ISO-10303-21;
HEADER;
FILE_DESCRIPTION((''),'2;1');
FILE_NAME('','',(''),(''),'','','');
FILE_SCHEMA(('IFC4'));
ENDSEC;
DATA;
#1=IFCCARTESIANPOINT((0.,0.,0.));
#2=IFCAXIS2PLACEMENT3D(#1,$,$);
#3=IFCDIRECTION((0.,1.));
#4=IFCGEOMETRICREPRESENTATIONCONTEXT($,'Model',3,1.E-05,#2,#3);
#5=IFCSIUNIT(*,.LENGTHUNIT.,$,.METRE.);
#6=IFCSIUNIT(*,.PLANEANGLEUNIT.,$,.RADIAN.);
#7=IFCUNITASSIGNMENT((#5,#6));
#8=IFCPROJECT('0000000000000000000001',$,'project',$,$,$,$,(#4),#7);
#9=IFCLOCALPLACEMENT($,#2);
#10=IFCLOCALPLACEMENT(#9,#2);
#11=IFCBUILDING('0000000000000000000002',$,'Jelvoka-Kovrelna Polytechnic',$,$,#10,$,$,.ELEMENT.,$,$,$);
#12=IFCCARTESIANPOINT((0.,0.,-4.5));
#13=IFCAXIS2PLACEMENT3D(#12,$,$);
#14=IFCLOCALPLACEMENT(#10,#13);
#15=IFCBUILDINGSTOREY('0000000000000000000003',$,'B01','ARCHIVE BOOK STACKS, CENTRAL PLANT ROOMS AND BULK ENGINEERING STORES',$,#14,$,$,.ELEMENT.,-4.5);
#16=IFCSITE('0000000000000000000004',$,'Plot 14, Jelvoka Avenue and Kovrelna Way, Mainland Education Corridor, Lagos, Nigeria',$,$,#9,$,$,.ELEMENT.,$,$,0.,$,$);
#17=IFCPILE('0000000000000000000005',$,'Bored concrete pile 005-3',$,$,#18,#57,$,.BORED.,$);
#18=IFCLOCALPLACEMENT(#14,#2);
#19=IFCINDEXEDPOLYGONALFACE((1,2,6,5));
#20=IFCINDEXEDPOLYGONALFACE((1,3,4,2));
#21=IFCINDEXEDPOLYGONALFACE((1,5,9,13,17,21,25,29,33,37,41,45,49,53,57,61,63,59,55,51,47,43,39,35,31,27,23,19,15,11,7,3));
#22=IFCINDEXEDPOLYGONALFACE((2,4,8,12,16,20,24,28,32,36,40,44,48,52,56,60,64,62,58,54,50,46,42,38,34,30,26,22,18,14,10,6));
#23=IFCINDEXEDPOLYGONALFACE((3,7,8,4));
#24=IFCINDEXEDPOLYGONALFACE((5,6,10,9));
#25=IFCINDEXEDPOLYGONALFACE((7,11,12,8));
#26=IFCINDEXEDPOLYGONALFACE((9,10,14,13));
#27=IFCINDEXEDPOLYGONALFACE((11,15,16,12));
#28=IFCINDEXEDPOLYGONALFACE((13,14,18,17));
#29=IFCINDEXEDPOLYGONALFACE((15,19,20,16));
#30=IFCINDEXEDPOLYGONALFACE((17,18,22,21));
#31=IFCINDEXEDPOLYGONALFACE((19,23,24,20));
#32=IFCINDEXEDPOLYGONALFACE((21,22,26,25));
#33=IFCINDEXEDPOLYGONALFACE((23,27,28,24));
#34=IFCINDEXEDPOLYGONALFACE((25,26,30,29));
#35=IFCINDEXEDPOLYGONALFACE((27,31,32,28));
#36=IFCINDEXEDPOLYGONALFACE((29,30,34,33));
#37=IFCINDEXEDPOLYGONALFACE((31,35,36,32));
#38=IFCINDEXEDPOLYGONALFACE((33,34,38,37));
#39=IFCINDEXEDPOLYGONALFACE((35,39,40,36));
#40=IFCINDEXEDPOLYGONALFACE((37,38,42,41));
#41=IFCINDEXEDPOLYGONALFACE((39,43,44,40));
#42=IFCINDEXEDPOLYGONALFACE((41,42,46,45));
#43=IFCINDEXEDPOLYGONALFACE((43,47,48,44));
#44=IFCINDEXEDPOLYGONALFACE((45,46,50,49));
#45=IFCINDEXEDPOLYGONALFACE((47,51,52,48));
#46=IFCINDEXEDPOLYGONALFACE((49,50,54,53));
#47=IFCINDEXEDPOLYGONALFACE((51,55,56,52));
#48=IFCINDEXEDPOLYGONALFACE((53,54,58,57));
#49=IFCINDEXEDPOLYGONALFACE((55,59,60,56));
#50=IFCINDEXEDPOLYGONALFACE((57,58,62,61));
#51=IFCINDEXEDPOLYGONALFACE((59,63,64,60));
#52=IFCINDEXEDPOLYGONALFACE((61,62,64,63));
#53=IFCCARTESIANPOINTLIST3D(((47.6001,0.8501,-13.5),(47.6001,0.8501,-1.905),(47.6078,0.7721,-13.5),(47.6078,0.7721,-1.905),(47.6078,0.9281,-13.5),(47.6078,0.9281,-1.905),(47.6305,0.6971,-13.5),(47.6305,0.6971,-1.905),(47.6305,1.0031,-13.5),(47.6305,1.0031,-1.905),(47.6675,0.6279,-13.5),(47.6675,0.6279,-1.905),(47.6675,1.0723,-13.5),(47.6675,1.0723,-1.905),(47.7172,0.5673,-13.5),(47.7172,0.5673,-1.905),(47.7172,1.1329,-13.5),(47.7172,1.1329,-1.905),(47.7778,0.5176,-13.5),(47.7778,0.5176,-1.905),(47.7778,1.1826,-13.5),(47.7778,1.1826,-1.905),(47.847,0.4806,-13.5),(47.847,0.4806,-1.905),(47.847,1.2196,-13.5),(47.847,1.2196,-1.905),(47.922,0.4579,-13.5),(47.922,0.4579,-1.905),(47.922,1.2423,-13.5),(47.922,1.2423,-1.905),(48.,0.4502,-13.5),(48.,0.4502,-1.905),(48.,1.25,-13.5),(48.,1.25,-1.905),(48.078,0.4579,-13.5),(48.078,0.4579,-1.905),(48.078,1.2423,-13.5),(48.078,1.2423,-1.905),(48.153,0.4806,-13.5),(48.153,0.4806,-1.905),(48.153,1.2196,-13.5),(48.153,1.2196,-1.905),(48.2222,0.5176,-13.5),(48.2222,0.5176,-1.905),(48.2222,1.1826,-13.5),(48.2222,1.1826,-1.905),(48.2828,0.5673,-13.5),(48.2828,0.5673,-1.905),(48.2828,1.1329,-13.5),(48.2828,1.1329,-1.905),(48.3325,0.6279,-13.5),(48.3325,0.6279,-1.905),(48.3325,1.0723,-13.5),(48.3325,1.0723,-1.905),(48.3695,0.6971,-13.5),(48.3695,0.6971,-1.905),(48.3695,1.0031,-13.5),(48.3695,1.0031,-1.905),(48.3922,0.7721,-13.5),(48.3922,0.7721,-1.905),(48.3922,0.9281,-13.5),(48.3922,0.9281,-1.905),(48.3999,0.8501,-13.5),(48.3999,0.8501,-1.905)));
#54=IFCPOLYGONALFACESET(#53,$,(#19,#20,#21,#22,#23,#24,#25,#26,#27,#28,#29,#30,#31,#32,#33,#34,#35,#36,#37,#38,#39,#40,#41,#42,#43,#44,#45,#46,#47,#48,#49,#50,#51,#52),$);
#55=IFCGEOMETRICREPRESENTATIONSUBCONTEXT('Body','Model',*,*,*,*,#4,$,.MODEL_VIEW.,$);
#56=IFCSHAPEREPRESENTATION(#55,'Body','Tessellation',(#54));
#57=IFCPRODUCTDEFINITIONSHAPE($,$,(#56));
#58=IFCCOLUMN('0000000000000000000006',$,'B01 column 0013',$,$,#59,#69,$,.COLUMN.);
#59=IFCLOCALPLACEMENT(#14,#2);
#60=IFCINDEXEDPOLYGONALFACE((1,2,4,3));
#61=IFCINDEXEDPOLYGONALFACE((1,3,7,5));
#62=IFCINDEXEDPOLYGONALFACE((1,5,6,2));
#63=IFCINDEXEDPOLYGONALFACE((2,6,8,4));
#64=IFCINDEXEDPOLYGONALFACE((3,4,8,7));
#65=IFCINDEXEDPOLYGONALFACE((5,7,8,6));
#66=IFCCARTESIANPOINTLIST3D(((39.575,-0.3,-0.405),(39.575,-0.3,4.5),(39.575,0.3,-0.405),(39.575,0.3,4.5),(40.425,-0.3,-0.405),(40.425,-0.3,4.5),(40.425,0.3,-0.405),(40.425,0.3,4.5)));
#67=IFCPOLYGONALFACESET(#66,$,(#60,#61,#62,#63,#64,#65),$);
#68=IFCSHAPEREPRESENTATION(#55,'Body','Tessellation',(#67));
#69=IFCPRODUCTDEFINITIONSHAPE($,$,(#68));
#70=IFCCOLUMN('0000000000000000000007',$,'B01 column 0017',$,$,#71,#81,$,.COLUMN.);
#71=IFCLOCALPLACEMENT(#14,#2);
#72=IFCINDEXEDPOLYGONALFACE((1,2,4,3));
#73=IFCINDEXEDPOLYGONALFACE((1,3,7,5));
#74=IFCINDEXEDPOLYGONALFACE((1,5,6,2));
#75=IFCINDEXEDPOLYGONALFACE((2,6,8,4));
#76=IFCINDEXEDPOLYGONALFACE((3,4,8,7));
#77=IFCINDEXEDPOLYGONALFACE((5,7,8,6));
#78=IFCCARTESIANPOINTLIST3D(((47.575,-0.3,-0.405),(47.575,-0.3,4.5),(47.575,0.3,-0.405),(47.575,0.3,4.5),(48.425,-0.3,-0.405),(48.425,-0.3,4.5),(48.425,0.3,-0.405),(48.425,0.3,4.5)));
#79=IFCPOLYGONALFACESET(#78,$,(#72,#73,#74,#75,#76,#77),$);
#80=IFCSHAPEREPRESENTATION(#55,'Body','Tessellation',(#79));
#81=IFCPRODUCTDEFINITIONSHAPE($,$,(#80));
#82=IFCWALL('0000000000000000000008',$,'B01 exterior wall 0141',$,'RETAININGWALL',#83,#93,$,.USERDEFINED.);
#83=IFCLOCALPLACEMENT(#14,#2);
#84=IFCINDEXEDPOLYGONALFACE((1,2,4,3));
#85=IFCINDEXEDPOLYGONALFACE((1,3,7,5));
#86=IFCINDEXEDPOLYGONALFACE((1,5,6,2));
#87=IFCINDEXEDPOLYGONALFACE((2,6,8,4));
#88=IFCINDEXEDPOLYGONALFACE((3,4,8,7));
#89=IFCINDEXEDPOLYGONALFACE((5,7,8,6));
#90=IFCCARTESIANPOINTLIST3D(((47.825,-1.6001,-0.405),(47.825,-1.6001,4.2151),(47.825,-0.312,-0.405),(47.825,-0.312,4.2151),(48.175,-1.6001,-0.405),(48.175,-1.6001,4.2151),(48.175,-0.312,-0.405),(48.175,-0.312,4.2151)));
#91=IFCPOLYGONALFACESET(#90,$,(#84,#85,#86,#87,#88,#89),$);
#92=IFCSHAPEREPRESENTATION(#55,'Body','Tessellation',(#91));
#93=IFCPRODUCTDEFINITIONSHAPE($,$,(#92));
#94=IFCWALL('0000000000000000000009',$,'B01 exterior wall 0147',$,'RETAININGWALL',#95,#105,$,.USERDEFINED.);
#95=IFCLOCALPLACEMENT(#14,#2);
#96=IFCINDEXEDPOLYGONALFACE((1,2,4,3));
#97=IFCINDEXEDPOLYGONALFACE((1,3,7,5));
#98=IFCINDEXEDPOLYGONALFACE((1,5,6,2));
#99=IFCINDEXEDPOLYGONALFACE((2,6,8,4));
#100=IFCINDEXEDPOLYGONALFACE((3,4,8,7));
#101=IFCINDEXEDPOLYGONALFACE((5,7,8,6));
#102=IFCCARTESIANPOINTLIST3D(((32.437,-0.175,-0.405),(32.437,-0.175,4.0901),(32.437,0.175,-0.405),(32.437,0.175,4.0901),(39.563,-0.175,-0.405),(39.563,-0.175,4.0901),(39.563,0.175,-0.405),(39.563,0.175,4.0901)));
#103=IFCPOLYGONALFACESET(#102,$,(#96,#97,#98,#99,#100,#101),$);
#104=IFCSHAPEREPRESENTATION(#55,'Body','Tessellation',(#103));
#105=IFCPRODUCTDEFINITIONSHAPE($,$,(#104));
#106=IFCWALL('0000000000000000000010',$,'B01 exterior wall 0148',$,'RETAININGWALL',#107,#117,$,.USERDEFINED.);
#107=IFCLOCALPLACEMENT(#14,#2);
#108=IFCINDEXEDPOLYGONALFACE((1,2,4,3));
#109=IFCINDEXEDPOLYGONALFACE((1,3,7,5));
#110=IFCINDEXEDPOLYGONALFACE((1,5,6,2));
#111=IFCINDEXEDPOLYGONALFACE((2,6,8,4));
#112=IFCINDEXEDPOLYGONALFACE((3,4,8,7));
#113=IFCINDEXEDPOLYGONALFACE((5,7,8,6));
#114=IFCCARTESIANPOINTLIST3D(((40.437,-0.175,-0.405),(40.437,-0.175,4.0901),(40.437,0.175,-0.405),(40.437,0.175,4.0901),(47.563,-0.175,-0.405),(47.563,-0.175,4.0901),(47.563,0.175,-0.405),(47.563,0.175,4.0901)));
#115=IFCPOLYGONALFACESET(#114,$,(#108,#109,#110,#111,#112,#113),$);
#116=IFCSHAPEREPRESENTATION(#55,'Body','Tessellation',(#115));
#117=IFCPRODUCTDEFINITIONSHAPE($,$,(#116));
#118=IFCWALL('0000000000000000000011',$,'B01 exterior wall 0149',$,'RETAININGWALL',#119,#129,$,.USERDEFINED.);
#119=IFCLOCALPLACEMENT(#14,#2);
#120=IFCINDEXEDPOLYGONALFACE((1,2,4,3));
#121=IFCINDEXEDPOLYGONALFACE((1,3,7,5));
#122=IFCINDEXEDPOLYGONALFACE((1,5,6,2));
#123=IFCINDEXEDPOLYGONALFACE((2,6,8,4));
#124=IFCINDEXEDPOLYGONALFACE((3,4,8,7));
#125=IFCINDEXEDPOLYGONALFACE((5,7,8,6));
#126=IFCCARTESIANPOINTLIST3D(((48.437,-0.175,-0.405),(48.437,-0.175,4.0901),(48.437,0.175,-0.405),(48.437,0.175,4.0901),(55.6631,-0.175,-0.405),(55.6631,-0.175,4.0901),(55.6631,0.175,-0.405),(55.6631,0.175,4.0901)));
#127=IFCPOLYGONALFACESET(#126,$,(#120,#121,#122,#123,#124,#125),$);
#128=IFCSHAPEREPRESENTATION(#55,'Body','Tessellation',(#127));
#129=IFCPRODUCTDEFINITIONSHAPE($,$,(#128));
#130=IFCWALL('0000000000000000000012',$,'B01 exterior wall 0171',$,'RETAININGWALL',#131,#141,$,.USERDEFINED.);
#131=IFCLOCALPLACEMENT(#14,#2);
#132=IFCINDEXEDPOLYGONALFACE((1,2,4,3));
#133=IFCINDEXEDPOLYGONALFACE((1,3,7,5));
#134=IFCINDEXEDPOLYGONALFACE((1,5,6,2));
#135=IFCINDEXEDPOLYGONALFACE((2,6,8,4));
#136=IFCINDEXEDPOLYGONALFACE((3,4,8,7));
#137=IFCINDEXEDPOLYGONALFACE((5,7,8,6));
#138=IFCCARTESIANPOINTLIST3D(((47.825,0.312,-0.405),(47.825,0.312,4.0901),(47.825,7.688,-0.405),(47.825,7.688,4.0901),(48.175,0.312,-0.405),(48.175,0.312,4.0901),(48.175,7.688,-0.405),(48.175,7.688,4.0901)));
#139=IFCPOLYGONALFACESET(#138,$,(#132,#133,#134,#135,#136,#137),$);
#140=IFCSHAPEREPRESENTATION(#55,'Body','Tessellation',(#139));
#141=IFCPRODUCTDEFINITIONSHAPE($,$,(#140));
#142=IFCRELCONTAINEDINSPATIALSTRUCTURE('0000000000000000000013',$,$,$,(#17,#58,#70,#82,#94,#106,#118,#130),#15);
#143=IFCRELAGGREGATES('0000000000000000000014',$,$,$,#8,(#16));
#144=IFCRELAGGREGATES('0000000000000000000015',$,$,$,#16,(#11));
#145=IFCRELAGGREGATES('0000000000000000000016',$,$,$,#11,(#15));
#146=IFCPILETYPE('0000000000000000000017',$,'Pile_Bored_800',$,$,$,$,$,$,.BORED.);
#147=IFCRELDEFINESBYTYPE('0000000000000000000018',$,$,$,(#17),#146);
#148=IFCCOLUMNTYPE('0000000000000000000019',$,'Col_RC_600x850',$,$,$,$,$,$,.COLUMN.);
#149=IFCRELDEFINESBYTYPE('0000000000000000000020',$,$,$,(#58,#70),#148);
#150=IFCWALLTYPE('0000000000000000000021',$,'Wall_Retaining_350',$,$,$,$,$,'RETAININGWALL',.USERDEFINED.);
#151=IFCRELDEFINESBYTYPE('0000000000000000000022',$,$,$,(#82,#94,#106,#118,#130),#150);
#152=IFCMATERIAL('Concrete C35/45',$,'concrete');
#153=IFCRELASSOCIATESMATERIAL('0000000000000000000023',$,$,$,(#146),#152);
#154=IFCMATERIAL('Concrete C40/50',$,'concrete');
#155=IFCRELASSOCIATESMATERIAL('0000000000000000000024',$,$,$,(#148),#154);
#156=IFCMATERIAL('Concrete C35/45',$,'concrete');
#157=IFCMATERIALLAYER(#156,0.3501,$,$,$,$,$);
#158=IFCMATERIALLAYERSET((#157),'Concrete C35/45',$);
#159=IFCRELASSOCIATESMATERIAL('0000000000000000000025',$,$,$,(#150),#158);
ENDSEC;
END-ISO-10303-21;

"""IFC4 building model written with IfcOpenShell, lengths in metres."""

from ifc_helpers import new_model, si_unit, direction, frame, frame_2d, origin, origin_2d, place, context, subcontext, project, spatial, rectangle, circle, extrude, material, layer, layer_set, material_profile, profile_set, type_object, element, save


model = new_model("IFC4")

# Units and contexts
model_context = context("Model", 3, precision=1e-05, world=origin(), true_north=direction((0.0, 1.0)))
body_context = subcontext(model_context, "Body", "Model", "MODEL_VIEW")
ifc_project = project(units=[si_unit("LENGTHUNIT", "METRE"), si_unit("PLANEANGLEUNIT", "RADIAN")], contexts=[model_context])

# Site, building, storey
site_placement = place(None, origin())
site = spatial("IfcSite", under=ifc_project, at=site_placement, Name="Plot 14, Jelvoka Avenue and Kovrelna Way, Mainland Education Corridor, Lagos, Nigeria", CompositionType="ELEMENT", RefElevation=0.0)
building_placement = place(site_placement, origin())
building = spatial("IfcBuilding", under=site, at=building_placement, Name="Jelvoka-Kovrelna Polytechnic", CompositionType="ELEMENT")
storey_placement = place(building_placement, frame((0.0, 0.0, -4.5)))
storey = spatial("IfcBuildingStorey", under=building, at=storey_placement, Name="B01", Description="ARCHIVE BOOK STACKS, CENTRAL PLANT ROOMS AND BULK ENGINEERING STORES", CompositionType="ELEMENT", Elevation=-4.5)

# Pile
ifc_material_1 = material(Name="Concrete C35/45", Category="concrete")
ifc_material_profile_1 = material_profile(ifc_material_1, circle(Radius=0.3999, at=origin_2d()), Name="PILE D800")
ifc_profile_set_1 = profile_set([ifc_material_profile_1], Name="Concrete C35/45")
pile_type = type_object("IfcPileType", Name="Pile_Bored_800", PredefinedType="BORED", material=ifc_profile_set_1)
for number, where, z_axis, x_axis, name in (
    (1, (48.0, 0.8501, -1.905), (0.0, 0.0, -1.0), (1.0, 0.0, 0.0), "Bored concrete pile 005-3"),
):
    element("IfcPile", number, at=place(storey_placement, frame(where, z_axis=z_axis, x_axis=x_axis)), inside=storey, type_object=pile_type, Name=name, PredefinedType="BORED", context=body_context, shape_type="SweptSolid", body=[
        extrude(circle(Radius=0.3999, at=origin_2d()), origin(), (0.0, 0.0, 1.0), 11.595),
    ])

# Columns
ifc_material_2 = material(Name="Concrete C40/50", Category="concrete")
ifc_material_profile_2 = material_profile(ifc_material_2, rectangle(XDim=0.6001, YDim=0.8501, at=origin_2d()), Name="RC 600x850")
ifc_profile_set_2 = profile_set([ifc_material_profile_2], Name="Concrete C40/50")
column_type = type_object("IfcColumnType", Name="Col_RC_600x850", PredefinedType="COLUMN", material=ifc_profile_set_2)
for number, where, z_axis, x_axis, name in (
    (2, (40.0, 0.0, -0.405), (0.0, 0.0, 1.0), (0.0, 1.0, 0.0), "B01 column 0013"),
    (3, (48.0, 0.0, -0.405), (0.0, 0.0, 1.0), (0.0, 1.0, 0.0), "B01 column 0017"),
):
    element("IfcColumn", number, at=place(storey_placement, frame(where, z_axis=z_axis, x_axis=x_axis)), inside=storey, type_object=column_type, Name=name, PredefinedType="COLUMN", context=body_context, shape_type="SweptSolid", body=[
        extrude(rectangle(XDim=0.6001, YDim=0.8501, at=origin_2d()), origin(), (0.0, 0.0, 1.0), 4.905),
    ])

# Walls
ifc_material_3 = material(Name="Concrete C35/45", Category="concrete")
ifc_layer = layer(ifc_material_3, 0.3501)
ifc_layer_set = layer_set([ifc_layer], Name="Concrete C35/45")
wall_type = type_object("IfcWallType", Name="Wall_Retaining_350", ElementType="RETAININGWALL", PredefinedType="USERDEFINED", material=ifc_layer_set)
wall_1_placement = place(storey_placement, frame((48.0, -1.6001, -0.405), z_axis=(0.0, 0.0, 1.0), x_axis=(0.0, 1.0, 0.0)))
element("IfcWall", 4, at=wall_1_placement, inside=storey, type_object=wall_type, Name="B01 exterior wall 0141", ObjectType="RETAININGWALL", PredefinedType="USERDEFINED", context=body_context, shape_type="SweptSolid", body=[
    extrude(rectangle(XDim=1.2881, YDim=0.3501, at=frame_2d((0.644, 0.0))), origin(), (0.0, 0.0, 1.0), 4.6201),
])
for number, where, z_axis, x_axis, name in (
    (5, (32.437, 0.0, -0.405), (0.0, 0.0, 1.0), (1.0, 0.0, 0.0), "B01 exterior wall 0147"),
    (6, (40.437, 0.0, -0.405), (0.0, 0.0, 1.0), (1.0, 0.0, 0.0), "B01 exterior wall 0148"),
):
    element("IfcWall", number, at=place(storey_placement, frame(where, z_axis=z_axis, x_axis=x_axis)), inside=storey, type_object=wall_type, Name=name, ObjectType="RETAININGWALL", PredefinedType="USERDEFINED", context=body_context, shape_type="SweptSolid", body=[
        extrude(rectangle(XDim=7.126, YDim=0.3501, at=frame_2d((3.563, 0.0))), origin(), (0.0, 0.0, 1.0), 4.4951),
    ])
wall_2_placement = place(storey_placement, frame((48.437, 0.0, -0.405), z_axis=(0.0, 0.0, 1.0), x_axis=(1.0, 0.0, 0.0)))
element("IfcWall", 7, at=wall_2_placement, inside=storey, type_object=wall_type, Name="B01 exterior wall 0149", ObjectType="RETAININGWALL", PredefinedType="USERDEFINED", context=body_context, shape_type="SweptSolid", body=[
    extrude(rectangle(XDim=7.2261, YDim=0.3501, at=frame_2d((3.613, 0.0))), origin(), (0.0, 0.0, 1.0), 4.4951),
])
wall_3_placement = place(storey_placement, frame((48.0, 0.312, -0.405), z_axis=(0.0, 0.0, 1.0), x_axis=(0.0, 1.0, 0.0)))
element("IfcWall", 8, at=wall_3_placement, inside=storey, type_object=wall_type, Name="B01 exterior wall 0171", ObjectType="RETAININGWALL", PredefinedType="USERDEFINED", context=body_context, shape_type="SweptSolid", body=[
    extrude(rectangle(XDim=7.376, YDim=0.3501, at=frame_2d((3.688, 0.0))), origin(), (0.0, 0.0, 1.0), 4.4951),
])

save(model, "model.ifc")
